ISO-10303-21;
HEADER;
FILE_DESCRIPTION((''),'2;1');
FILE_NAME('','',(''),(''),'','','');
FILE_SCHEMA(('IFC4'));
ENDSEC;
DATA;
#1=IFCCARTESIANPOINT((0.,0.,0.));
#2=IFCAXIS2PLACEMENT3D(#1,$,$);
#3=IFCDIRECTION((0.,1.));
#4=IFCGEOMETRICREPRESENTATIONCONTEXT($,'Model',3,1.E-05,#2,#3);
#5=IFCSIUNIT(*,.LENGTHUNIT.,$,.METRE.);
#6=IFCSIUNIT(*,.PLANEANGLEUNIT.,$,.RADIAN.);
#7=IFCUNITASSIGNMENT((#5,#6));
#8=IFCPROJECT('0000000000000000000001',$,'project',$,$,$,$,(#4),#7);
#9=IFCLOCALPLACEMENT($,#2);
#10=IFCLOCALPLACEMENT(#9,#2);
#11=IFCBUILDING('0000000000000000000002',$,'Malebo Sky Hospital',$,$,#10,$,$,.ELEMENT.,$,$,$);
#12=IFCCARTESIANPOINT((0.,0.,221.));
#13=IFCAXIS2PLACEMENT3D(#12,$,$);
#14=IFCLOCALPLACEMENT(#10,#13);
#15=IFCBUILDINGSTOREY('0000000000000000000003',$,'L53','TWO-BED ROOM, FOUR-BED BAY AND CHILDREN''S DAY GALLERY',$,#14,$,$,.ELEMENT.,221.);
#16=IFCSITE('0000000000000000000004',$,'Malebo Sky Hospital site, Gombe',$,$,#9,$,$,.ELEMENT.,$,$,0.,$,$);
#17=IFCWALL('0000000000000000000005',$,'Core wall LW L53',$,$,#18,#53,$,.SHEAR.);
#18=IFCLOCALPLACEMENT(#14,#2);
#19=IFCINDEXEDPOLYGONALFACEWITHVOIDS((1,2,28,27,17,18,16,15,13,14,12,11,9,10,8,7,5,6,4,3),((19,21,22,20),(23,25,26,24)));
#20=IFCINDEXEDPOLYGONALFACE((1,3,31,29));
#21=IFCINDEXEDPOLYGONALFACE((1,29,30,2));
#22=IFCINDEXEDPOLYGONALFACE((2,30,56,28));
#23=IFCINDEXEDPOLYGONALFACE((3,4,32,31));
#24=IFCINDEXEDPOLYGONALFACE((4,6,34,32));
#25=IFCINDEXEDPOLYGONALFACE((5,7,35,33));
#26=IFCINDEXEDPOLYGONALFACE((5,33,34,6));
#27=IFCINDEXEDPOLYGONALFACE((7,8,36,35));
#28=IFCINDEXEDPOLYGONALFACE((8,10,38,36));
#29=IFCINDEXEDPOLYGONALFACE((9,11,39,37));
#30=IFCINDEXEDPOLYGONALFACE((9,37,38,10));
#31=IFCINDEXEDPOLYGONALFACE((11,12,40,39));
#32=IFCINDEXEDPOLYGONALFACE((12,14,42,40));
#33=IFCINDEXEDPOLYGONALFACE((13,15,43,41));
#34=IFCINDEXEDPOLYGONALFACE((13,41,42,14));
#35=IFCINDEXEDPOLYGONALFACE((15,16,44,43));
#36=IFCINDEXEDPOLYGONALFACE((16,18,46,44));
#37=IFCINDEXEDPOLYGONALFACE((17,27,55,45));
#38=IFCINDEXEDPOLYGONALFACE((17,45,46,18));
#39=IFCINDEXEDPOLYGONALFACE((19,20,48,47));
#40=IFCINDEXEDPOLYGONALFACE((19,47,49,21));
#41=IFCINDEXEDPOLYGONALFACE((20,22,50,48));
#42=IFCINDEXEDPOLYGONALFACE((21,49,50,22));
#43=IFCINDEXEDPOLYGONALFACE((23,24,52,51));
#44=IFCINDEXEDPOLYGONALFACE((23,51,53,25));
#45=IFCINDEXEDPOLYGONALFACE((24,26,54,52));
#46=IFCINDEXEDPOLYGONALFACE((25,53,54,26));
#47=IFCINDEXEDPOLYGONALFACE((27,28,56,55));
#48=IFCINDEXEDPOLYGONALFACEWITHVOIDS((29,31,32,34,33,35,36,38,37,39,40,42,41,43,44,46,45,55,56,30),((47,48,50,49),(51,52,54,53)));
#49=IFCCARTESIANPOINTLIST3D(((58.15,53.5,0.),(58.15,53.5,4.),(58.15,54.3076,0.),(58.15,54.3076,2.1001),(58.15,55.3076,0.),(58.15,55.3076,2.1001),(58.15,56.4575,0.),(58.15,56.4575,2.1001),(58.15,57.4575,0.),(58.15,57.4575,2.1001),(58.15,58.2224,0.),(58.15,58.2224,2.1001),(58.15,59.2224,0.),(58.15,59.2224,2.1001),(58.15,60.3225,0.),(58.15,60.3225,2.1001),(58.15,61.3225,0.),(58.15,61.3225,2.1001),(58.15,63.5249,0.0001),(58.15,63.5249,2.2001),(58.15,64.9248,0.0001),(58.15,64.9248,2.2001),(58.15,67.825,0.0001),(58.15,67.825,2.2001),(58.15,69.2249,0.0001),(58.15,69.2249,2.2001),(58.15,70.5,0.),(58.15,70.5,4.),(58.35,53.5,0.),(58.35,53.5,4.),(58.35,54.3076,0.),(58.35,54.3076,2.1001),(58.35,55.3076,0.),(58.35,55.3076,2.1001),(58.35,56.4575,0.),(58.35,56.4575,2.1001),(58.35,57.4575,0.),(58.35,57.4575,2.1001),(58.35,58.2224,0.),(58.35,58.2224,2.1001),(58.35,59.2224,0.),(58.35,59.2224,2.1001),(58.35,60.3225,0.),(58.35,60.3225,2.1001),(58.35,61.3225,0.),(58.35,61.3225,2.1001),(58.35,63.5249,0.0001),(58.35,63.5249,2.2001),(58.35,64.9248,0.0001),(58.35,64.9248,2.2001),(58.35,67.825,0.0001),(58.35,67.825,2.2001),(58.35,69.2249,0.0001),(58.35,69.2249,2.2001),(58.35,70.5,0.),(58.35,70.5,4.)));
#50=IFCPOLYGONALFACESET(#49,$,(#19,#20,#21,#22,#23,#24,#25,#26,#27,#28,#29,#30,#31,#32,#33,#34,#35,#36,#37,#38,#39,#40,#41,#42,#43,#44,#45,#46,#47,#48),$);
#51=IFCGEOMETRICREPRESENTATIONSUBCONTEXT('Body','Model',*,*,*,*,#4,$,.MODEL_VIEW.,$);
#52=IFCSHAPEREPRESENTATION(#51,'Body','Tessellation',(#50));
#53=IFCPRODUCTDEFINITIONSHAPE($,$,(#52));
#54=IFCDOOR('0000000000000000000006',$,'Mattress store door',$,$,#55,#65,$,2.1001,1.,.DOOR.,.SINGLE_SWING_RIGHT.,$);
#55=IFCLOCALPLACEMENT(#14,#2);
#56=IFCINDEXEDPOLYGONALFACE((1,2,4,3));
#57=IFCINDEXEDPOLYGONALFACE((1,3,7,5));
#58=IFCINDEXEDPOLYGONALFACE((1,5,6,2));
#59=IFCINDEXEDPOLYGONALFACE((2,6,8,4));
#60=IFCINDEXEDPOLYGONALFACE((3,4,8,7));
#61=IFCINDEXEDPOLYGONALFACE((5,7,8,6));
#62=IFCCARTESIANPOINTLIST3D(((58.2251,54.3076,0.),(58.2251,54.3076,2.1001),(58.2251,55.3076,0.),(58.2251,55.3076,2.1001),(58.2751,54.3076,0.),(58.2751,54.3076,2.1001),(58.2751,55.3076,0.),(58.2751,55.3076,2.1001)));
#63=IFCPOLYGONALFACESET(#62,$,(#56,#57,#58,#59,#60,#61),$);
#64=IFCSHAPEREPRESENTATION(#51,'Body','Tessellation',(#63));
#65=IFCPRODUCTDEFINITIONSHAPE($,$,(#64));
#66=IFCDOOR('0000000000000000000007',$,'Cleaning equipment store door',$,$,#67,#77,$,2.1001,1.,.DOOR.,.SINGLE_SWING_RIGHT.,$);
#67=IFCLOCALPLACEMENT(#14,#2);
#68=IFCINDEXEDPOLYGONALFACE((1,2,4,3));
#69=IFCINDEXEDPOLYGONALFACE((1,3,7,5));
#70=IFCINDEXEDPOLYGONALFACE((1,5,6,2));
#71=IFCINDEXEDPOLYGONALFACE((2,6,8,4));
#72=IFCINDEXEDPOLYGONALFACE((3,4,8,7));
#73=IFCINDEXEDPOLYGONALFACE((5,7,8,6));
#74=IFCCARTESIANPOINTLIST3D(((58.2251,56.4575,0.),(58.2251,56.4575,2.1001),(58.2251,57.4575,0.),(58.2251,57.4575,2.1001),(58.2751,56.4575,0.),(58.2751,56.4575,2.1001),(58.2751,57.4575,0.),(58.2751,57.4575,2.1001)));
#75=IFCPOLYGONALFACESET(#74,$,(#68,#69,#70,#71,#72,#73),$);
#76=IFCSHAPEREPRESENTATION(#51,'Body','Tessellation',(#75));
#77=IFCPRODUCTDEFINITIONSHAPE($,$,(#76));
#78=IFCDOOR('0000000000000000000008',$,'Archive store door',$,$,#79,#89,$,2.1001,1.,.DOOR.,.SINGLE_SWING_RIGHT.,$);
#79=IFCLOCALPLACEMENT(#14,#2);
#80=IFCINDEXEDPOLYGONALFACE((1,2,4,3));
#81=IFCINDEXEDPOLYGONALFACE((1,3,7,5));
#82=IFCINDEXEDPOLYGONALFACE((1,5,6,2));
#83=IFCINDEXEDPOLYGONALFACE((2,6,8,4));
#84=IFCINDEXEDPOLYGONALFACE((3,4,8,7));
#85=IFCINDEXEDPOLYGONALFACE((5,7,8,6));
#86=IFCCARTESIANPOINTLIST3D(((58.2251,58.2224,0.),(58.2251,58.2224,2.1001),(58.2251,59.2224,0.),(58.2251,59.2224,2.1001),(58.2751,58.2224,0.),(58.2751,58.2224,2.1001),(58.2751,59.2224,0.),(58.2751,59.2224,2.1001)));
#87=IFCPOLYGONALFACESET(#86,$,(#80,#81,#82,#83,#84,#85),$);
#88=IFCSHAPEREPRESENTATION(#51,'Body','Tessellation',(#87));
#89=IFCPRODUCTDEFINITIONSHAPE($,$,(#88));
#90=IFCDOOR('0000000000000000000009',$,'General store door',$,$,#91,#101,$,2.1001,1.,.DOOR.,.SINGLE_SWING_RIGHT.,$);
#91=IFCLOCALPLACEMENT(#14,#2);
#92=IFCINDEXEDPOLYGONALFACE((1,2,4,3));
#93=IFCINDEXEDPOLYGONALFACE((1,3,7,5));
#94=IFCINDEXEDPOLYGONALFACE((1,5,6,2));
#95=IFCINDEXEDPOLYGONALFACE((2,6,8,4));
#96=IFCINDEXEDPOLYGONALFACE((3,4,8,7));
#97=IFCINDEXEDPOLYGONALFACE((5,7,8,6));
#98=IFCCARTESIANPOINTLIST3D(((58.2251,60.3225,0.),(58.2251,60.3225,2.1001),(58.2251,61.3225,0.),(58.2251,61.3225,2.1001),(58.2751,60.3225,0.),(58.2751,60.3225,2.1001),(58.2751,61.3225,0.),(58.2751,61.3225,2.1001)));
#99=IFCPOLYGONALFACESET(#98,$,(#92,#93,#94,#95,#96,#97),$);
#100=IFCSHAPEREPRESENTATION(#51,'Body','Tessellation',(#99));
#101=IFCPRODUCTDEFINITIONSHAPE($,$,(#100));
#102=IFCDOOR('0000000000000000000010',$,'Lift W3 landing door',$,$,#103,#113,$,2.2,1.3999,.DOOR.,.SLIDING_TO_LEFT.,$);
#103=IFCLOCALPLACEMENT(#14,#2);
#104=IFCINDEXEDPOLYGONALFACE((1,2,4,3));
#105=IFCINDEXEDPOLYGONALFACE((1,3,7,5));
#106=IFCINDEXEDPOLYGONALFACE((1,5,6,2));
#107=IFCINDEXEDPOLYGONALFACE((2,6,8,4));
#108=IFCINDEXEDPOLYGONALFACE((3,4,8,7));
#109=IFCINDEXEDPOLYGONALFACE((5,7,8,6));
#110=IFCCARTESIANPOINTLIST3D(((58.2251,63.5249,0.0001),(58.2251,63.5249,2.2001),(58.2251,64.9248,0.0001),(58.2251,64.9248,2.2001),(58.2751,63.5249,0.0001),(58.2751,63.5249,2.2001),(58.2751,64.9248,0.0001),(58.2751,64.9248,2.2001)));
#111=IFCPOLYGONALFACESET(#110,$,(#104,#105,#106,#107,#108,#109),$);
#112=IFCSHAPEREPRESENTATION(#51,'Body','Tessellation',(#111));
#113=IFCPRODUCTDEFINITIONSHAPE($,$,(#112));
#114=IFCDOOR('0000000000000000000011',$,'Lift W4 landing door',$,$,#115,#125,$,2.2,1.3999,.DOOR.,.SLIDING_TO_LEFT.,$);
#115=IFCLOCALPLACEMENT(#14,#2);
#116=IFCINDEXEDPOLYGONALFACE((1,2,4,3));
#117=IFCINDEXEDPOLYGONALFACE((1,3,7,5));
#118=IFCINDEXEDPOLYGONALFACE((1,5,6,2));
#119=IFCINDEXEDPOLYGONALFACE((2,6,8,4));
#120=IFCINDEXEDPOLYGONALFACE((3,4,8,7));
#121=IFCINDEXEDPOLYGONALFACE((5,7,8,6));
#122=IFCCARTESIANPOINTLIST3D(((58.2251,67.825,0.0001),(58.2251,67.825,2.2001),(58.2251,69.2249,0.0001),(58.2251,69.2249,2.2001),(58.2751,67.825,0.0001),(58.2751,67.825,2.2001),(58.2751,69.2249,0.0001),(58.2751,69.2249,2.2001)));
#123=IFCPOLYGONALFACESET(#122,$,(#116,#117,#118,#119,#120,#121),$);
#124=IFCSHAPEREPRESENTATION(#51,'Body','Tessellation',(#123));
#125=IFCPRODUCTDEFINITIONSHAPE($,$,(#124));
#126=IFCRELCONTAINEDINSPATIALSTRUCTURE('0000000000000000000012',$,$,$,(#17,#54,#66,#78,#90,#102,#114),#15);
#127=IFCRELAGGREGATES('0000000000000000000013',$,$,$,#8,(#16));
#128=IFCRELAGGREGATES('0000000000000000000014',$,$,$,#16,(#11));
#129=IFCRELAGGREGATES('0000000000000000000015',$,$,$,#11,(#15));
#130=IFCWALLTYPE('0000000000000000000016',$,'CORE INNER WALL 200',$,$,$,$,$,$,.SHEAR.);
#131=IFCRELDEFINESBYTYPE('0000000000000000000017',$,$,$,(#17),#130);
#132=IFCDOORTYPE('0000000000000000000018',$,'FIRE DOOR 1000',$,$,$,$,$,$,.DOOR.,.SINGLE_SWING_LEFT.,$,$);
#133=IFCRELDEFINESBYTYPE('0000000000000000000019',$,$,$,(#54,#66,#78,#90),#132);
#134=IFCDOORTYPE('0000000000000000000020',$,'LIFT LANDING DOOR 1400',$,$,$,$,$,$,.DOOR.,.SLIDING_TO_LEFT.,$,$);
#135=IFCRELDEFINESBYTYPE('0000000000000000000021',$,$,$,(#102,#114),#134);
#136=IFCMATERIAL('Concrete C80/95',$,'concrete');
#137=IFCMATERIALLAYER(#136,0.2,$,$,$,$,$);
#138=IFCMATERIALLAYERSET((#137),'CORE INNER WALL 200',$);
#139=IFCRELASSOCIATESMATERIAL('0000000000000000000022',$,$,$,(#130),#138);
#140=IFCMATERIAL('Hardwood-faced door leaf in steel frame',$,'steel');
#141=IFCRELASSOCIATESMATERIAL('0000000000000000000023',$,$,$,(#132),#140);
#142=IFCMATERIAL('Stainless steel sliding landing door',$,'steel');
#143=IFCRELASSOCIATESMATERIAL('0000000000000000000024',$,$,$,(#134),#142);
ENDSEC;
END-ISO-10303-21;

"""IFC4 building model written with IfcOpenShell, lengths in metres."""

from ifc_helpers import new_model, si_unit, direction, frame, frame_2d, origin, place, context, subcontext, project, spatial, rectangle, extrude, material, layer, layer_set, type_object, element, fill, save


model = new_model("IFC4")

# Units and contexts
model_context = context("Model", 3, precision=1e-05, world=origin(), true_north=direction((0.0, 1.0)))
body_context = subcontext(model_context, "Body", "Model", "MODEL_VIEW")
ifc_project = project(units=[si_unit("LENGTHUNIT", "METRE"), si_unit("PLANEANGLEUNIT", "RADIAN")], contexts=[model_context])

# Site, building, storey
site_placement = place(None, origin())
site = spatial("IfcSite", under=ifc_project, at=site_placement, Name="Malebo Sky Hospital site, Gombe", CompositionType="ELEMENT", RefElevation=0.0)
building_placement = place(site_placement, origin())
building = spatial("IfcBuilding", under=site, at=building_placement, Name="Malebo Sky Hospital", CompositionType="ELEMENT")
storey_placement = place(building_placement, frame((0.0, 0.0, 221.0)))
storey = spatial("IfcBuildingStorey", under=building, at=storey_placement, Name="L53", Description="TWO-BED ROOM, FOUR-BED BAY AND CHILDREN'S DAY GALLERY", CompositionType="ELEMENT", Elevation=221.0)

# Wall, openings, doors
ifc_material_1 = material(Name="Concrete C80/95", Category="concrete")
ifc_layer_1 = layer(ifc_material_1, 0.2)
ifc_layer_set_1 = layer_set([ifc_layer_1], Name="CORE INNER WALL 200")
wall_type_1 = type_object("IfcWallType", Name="CORE INNER WALL 200", PredefinedType="SHEAR", material=ifc_layer_set_1)
wall_1_placement = place(storey_placement, frame((58.25, 53.5, 0.0), z_axis=(0.0, 0.0, 1.0), x_axis=(0.0, 1.0, 0.0)))
wall_1 = element("IfcWall", 1, at=wall_1_placement, inside=storey, type_object=wall_type_1, Name="Core wall LW L53", PredefinedType="SHEAR", context=body_context, shape_type="SweptSolid", body=[
    extrude(rectangle(XDim=17.0, YDim=0.2, at=frame_2d((8.5, 0.0))), origin(), (0.0, 0.0, 1.0), 4.0),
])
opening_1_placement = place(wall_1_placement, frame((0.8076, 0.0, 0.0)))
opening_1 = element("IfcOpeningElement", 2, at=opening_1_placement, cuts=wall_1, PredefinedType="OPENING", context=body_context, shape_type="SweptSolid", body=[
    extrude(rectangle(XDim=1.0, YDim=2.1001, at=frame_2d((0.5, 1.05))), frame((0.0, 0.1099, 0.0), z_axis=(0.0, -1.0, 0.0), x_axis=(1.0, 0.0, 0.0)), (0.0, 0.0, 1.0), 0.22),
])
opening_2_placement = place(wall_1_placement, frame((2.9575, 0.0, 0.0)))
opening_2 = element("IfcOpeningElement", 3, at=opening_2_placement, cuts=wall_1, PredefinedType="OPENING", context=body_context, shape_type="SweptSolid", body=[
    extrude(rectangle(XDim=1.0, YDim=2.1001, at=frame_2d((0.5, 1.05))), frame((0.0, 0.1099, 0.0), z_axis=(0.0, -1.0, 0.0), x_axis=(1.0, 0.0, 0.0)), (0.0, 0.0, 1.0), 0.22),
])
opening_3_placement = place(wall_1_placement, frame((4.7224, 0.0, 0.0)))
opening_3 = element("IfcOpeningElement", 4, at=opening_3_placement, cuts=wall_1, PredefinedType="OPENING", context=body_context, shape_type="SweptSolid", body=[
    extrude(rectangle(XDim=1.0, YDim=2.1001, at=frame_2d((0.5, 1.05))), frame((0.0, 0.1099, 0.0), z_axis=(0.0, -1.0, 0.0), x_axis=(1.0, 0.0, 0.0)), (0.0, 0.0, 1.0), 0.22),
])
opening_4_placement = place(wall_1_placement, frame((6.8225, 0.0, 0.0)))
opening_4 = element("IfcOpeningElement", 5, at=opening_4_placement, cuts=wall_1, PredefinedType="OPENING", context=body_context, shape_type="SweptSolid", body=[
    extrude(rectangle(XDim=1.0, YDim=2.1001, at=frame_2d((0.5, 1.05))), frame((0.0, 0.1099, 0.0), z_axis=(0.0, -1.0, 0.0), x_axis=(1.0, 0.0, 0.0)), (0.0, 0.0, 1.0), 0.22),
])
opening_5_placement = place(wall_1_placement, frame((10.0249, 0.0, 0.0)))
opening_5 = element("IfcOpeningElement", 6, at=opening_5_placement, cuts=wall_1, PredefinedType="OPENING", context=body_context, shape_type="SweptSolid", body=[
    extrude(rectangle(XDim=1.3999, YDim=2.2, at=frame_2d((0.7, 1.1001))), frame((0.0, 0.1099, 0.0), z_axis=(0.0, -1.0, 0.0), x_axis=(1.0, 0.0, 0.0)), (0.0, 0.0, 1.0), 0.22),
])
opening_6_placement = place(wall_1_placement, frame((14.325, 0.0, 0.0)))
opening_6 = element("IfcOpeningElement", 7, at=opening_6_placement, cuts=wall_1, PredefinedType="OPENING", context=body_context, shape_type="SweptSolid", body=[
    extrude(rectangle(XDim=1.3999, YDim=2.2, at=frame_2d((0.7, 1.1001))), frame((0.0, 0.1099, 0.0), z_axis=(0.0, -1.0, 0.0), x_axis=(1.0, 0.0, 0.0)), (0.0, 0.0, 1.0), 0.22),
])
ifc_material_2 = material(Name="Hardwood-faced door leaf in steel frame", Category="steel")
door_type_1 = type_object("IfcDoorType", Name="FIRE DOOR 1000", OperationType="SINGLE_SWING_LEFT", PredefinedType="DOOR", material=ifc_material_2)
door_1_placement = place(opening_1_placement, origin())
door_1 = element("IfcDoor", 8, at=door_1_placement, inside=storey, type_object=door_type_1, Name="Mattress store door", OperationType="SINGLE_SWING_RIGHT", OverallHeight=2.1001, OverallWidth=1.0, PredefinedType="DOOR", context=body_context, shape_type="SweptSolid", body=[
    extrude(rectangle(XDim=1.0, YDim=2.1001, at=frame_2d((0.5, 1.05))), frame((0.0, 0.0249, 0.0), z_axis=(0.0, -1.0, 0.0), x_axis=(1.0, 0.0, 0.0)), (0.0, 0.0, 1.0), 0.05),
])
fill(opening_1, door_1)
door_2_placement = place(opening_2_placement, origin())
door_2 = element("IfcDoor", 9, at=door_2_placement, inside=storey, type_object=door_type_1, Name="Cleaning equipment store door", OperationType="SINGLE_SWING_RIGHT", OverallHeight=2.1001, OverallWidth=1.0, PredefinedType="DOOR", context=body_context, shape_type="SweptSolid", body=[
    extrude(rectangle(XDim=1.0, YDim=2.1001, at=frame_2d((0.5, 1.05))), frame((0.0, 0.0249, 0.0), z_axis=(0.0, -1.0, 0.0), x_axis=(1.0, 0.0, 0.0)), (0.0, 0.0, 1.0), 0.05),
])
fill(opening_2, door_2)
door_3_placement = place(opening_3_placement, origin())
door_3 = element("IfcDoor", 10, at=door_3_placement, inside=storey, type_object=door_type_1, Name="Archive store door", OperationType="SINGLE_SWING_RIGHT", OverallHeight=2.1001, OverallWidth=1.0, PredefinedType="DOOR", context=body_context, shape_type="SweptSolid", body=[
    extrude(rectangle(XDim=1.0, YDim=2.1001, at=frame_2d((0.5, 1.05))), frame((0.0, 0.0249, 0.0), z_axis=(0.0, -1.0, 0.0), x_axis=(1.0, 0.0, 0.0)), (0.0, 0.0, 1.0), 0.05),
])
fill(opening_3, door_3)
door_4_placement = place(opening_4_placement, origin())
door_4 = element("IfcDoor", 11, at=door_4_placement, inside=storey, type_object=door_type_1, Name="General store door", OperationType="SINGLE_SWING_RIGHT", OverallHeight=2.1001, OverallWidth=1.0, PredefinedType="DOOR", context=body_context, shape_type="SweptSolid", body=[
    extrude(rectangle(XDim=1.0, YDim=2.1001, at=frame_2d((0.5, 1.05))), frame((0.0, 0.0249, 0.0), z_axis=(0.0, -1.0, 0.0), x_axis=(1.0, 0.0, 0.0)), (0.0, 0.0, 1.0), 0.05),
])
fill(opening_4, door_4)
ifc_material_3 = material(Name="Stainless steel sliding landing door", Category="steel")
door_type_2 = type_object("IfcDoorType", Name="LIFT LANDING DOOR 1400", OperationType="SLIDING_TO_LEFT", PredefinedType="DOOR", material=ifc_material_3)
door_5_placement = place(opening_5_placement, origin())
door_5 = element("IfcDoor", 12, at=door_5_placement, inside=storey, type_object=door_type_2, Name="Lift W3 landing door", OperationType="SLIDING_TO_LEFT", OverallHeight=2.2, OverallWidth=1.3999, PredefinedType="DOOR", context=body_context, shape_type="SweptSolid", body=[
    extrude(rectangle(XDim=1.3999, YDim=2.2, at=frame_2d((0.7, 1.1001))), frame((0.0, 0.0249, 0.0), z_axis=(0.0, -1.0, 0.0), x_axis=(1.0, 0.0, 0.0)), (0.0, 0.0, 1.0), 0.05),
])
fill(opening_5, door_5)
door_6_placement = place(opening_6_placement, origin())
door_6 = element("IfcDoor", 13, at=door_6_placement, inside=storey, type_object=door_type_2, Name="Lift W4 landing door", OperationType="SLIDING_TO_LEFT", OverallHeight=2.2, OverallWidth=1.3999, PredefinedType="DOOR", context=body_context, shape_type="SweptSolid", body=[
    extrude(rectangle(XDim=1.3999, YDim=2.2, at=frame_2d((0.7, 1.1001))), frame((0.0, 0.0249, 0.0), z_axis=(0.0, -1.0, 0.0), x_axis=(1.0, 0.0, 0.0)), (0.0, 0.0, 1.0), 0.05),
])
fill(opening_6, door_6)

save(model, "model.ifc")
